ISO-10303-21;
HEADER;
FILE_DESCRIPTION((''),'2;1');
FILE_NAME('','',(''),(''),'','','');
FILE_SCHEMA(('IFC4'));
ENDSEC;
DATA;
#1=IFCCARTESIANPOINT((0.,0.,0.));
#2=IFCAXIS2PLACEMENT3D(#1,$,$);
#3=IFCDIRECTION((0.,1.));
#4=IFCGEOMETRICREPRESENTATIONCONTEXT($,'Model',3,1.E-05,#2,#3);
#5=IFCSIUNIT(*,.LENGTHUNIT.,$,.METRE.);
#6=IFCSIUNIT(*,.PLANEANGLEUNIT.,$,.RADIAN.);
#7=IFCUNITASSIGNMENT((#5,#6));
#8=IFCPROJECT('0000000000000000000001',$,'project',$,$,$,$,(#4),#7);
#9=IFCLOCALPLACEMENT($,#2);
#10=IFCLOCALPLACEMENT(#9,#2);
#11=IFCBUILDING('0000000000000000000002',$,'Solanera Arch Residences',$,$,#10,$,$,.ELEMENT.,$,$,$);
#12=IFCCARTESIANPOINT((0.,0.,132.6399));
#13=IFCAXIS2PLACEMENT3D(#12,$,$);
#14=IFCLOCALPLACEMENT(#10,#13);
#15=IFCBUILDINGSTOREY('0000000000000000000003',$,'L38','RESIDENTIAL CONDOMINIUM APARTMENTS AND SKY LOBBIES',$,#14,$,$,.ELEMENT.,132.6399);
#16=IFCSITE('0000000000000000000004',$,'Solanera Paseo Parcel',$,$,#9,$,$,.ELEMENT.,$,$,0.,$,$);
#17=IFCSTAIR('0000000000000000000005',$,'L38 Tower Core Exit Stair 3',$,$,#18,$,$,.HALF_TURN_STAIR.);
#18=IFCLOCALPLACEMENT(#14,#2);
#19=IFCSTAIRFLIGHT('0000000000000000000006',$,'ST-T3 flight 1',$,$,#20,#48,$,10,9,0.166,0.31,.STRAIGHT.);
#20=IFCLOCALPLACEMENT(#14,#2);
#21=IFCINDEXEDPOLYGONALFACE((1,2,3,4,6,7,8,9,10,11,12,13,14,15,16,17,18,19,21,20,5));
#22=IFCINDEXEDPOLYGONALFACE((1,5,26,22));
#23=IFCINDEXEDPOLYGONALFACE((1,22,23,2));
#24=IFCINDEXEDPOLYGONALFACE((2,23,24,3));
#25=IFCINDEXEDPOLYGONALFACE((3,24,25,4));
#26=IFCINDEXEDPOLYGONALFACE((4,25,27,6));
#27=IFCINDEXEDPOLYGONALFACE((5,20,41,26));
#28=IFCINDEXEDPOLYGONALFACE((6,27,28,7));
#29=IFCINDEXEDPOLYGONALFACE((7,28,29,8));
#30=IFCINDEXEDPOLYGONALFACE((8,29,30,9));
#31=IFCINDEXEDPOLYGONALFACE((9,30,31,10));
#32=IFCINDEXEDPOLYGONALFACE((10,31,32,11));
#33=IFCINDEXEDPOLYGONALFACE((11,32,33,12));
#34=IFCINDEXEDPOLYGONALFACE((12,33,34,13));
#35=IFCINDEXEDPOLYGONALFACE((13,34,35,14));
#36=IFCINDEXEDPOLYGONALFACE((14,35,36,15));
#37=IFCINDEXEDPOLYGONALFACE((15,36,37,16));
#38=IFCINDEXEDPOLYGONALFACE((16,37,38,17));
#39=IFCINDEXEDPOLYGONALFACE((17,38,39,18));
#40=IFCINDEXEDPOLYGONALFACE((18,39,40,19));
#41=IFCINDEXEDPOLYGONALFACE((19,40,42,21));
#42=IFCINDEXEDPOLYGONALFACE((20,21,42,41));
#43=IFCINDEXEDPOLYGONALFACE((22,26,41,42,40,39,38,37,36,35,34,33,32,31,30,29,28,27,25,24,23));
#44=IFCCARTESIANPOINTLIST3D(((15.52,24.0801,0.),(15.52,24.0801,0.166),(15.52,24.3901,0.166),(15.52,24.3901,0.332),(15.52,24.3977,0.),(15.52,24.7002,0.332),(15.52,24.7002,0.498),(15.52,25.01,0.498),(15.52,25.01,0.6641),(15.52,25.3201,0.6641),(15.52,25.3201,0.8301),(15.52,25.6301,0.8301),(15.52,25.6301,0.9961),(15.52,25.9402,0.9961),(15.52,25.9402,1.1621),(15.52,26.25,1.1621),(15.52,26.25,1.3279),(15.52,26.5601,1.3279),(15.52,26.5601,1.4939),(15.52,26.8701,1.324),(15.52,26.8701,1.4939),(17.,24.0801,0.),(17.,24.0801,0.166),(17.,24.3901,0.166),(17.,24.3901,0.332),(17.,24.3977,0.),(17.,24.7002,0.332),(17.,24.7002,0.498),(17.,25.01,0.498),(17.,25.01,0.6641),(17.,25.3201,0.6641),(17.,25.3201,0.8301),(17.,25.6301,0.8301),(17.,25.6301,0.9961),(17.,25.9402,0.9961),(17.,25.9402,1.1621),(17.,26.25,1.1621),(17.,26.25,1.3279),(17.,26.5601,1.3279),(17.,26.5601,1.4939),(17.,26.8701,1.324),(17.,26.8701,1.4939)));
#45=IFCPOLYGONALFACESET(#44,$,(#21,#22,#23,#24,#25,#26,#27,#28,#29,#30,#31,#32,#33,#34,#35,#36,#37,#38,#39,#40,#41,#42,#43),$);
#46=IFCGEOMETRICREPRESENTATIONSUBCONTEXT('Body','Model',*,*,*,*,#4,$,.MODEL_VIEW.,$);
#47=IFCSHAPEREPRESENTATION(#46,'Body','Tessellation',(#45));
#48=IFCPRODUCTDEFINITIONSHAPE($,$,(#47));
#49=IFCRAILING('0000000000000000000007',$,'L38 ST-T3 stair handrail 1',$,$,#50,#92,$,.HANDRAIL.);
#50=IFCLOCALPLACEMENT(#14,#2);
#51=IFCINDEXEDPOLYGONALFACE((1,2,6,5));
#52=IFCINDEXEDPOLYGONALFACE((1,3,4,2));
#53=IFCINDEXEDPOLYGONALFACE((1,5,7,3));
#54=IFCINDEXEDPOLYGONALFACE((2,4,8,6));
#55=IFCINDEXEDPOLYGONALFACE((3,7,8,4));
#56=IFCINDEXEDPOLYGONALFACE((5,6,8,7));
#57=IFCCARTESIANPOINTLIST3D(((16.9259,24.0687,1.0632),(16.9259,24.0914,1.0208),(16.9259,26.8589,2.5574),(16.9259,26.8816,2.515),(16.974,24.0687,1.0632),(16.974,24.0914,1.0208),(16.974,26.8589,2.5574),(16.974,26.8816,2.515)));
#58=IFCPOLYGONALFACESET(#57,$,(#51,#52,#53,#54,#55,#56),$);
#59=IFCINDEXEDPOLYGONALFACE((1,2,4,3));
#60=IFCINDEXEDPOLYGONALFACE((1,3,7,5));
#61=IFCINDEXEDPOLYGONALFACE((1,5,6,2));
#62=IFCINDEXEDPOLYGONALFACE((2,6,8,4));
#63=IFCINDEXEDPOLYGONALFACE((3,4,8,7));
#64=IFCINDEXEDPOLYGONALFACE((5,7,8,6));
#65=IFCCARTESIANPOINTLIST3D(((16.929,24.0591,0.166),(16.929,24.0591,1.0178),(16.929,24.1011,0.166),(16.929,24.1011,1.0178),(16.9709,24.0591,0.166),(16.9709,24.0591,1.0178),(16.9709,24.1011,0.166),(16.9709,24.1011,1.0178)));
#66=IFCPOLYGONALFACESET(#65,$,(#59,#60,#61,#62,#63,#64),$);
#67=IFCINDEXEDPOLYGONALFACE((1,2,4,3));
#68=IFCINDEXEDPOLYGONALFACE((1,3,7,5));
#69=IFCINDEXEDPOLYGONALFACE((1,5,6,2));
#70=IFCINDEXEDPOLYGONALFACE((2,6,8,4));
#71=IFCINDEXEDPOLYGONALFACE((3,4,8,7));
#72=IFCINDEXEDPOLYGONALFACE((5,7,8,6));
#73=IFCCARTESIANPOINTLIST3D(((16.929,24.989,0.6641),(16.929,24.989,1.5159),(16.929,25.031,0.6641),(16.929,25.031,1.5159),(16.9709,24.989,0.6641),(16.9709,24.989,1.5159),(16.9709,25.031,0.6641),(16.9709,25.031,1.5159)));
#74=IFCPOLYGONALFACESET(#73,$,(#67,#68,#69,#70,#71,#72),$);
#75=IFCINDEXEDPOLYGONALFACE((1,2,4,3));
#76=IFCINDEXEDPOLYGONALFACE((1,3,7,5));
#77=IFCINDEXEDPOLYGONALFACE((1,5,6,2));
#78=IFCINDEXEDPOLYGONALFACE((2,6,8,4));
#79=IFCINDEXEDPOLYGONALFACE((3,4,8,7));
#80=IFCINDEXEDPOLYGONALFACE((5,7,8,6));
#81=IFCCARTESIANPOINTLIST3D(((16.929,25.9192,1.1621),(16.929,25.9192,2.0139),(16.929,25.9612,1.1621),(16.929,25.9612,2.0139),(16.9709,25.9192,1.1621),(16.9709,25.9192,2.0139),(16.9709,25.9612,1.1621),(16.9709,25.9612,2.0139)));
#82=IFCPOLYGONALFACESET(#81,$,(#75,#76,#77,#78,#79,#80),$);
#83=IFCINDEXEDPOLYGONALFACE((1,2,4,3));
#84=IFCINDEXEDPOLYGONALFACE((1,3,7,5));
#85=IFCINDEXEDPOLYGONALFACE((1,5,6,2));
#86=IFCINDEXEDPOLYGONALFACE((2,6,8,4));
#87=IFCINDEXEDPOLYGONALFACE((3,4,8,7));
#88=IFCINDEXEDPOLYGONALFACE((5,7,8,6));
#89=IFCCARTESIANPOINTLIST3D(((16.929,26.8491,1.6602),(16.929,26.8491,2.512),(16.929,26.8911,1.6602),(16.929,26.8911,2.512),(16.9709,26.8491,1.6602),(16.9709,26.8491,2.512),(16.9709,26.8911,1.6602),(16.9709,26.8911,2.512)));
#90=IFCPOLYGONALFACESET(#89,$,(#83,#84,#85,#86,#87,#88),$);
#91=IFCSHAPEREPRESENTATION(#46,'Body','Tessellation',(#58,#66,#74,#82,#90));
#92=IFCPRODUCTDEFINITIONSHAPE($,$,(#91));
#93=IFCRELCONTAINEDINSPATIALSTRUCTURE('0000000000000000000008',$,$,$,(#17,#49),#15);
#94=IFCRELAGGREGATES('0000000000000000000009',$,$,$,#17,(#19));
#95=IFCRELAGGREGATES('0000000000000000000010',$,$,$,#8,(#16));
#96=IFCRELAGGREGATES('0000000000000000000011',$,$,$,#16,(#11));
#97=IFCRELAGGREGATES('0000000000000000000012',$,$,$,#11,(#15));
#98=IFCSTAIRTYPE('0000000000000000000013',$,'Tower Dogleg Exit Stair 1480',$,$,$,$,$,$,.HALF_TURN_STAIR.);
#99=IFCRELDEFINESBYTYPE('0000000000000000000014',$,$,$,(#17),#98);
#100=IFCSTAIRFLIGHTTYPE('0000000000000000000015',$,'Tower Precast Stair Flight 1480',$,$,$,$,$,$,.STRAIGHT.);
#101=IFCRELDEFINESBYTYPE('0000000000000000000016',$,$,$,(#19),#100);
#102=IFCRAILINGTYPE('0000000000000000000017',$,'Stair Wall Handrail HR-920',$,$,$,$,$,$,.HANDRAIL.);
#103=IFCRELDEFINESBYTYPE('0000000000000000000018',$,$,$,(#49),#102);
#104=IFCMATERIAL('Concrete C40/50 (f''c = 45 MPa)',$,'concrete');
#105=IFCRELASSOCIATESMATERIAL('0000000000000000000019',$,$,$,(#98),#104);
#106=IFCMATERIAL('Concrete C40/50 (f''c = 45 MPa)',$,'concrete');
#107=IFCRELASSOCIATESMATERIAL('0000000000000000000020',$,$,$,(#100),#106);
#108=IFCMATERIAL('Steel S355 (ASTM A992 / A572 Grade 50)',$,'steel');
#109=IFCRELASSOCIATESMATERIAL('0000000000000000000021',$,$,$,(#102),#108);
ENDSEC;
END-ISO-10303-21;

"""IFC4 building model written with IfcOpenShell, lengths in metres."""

from ifc_helpers import new_model, si_unit, direction, frame, origin, origin_2d, place, context, subcontext, project, spatial, polyline, rectangle, outline, extrude, material, type_object, element, aggregate, save


model = new_model("IFC4")

# Units and contexts
model_context = context("Model", 3, precision=1e-05, world=origin(), true_north=direction((0.0, 1.0)))
body_context = subcontext(model_context, "Body", "Model", "MODEL_VIEW")
ifc_project = project(units=[si_unit("LENGTHUNIT", "METRE"), si_unit("PLANEANGLEUNIT", "RADIAN")], contexts=[model_context])

# Site, building, storey
site_placement = place(None, origin())
site = spatial("IfcSite", under=ifc_project, at=site_placement, Name="Solanera Paseo Parcel", CompositionType="ELEMENT", RefElevation=0.0)
building_placement = place(site_placement, origin())
building = spatial("IfcBuilding", under=site, at=building_placement, Name="Solanera Arch Residences", CompositionType="ELEMENT")
storey_placement = place(building_placement, frame((0.0, 0.0, 132.6399)))
storey = spatial("IfcBuildingStorey", under=building, at=storey_placement, Name="L38", Description="RESIDENTIAL CONDOMINIUM APARTMENTS AND SKY LOBBIES", CompositionType="ELEMENT", Elevation=132.6399)

# Stair, stair flight
ifc_material_1 = material(Name="Concrete C40/50 (f'c = 45 MPa)", Category="concrete")
stair_type = type_object("IfcStairType", Name="Tower Dogleg Exit Stair 1480", PredefinedType="HALF_TURN_STAIR", material=ifc_material_1)
stair_placement = place(storey_placement, origin())
stair = element("IfcStair", 1, at=stair_placement, inside=storey, type_object=stair_type, Name="L38 Tower Core Exit Stair 3", PredefinedType="HALF_TURN_STAIR")
ifc_material_2 = material(Name="Concrete C40/50 (f'c = 45 MPa)", Category="concrete")
stair_flight_type = type_object("IfcStairFlightType", Name="Tower Precast Stair Flight 1480", PredefinedType="STRAIGHT", material=ifc_material_2)
stair_flight_placement = place(storey_placement, frame((16.26, 24.0801, 0.0), z_axis=(0.0, 0.0, 1.0), x_axis=(0.0, 1.0, 0.0)))
stair_flight = element("IfcStairFlight", 2, at=stair_flight_placement, type_object=stair_flight_type, Name="ST-T3 flight 1", NumberOfRisers=10, NumberOfTreads=9, PredefinedType="STRAIGHT", RiserHeight=0.166, TreadLength=0.31, context=body_context, shape_type="SweptSolid", body=[
    extrude(outline(polyline([(0.0, 0.0), (0.0, 0.166), (0.3101, 0.166), (0.3101, 0.332), (0.6201, 0.332), (0.6201, 0.498), (0.9299, 0.498), (0.9299, 0.6641), (1.24, 0.6641), (1.24, 0.8301), (1.55, 0.8301), (1.55, 0.9961), (1.8601, 0.9961), (1.8601, 1.1621), (2.1699, 1.1621), (2.1699, 1.3279), (2.48, 1.3279), (2.48, 1.4939), (2.79, 1.4939), (2.79, 1.6599), (2.79, 1.324), (0.3176, 0.0), (0.0, 0.0)])), frame((0.0, 0.74, 0.0), z_axis=(0.0, -1.0, 0.0), x_axis=(1.0, 0.0, 0.0)), (0.0, 0.0, 1.0), 1.48),
])
aggregate(stair, [stair_flight])

# Railing
ifc_material_3 = material(Name="Steel S355 (ASTM A992 / A572 Grade 50)", Category="steel")
railing_type = type_object("IfcRailingType", Name="Stair Wall Handrail HR-920", PredefinedType="HANDRAIL", material=ifc_material_3)
railing_placement = place(storey_placement, frame((16.95, 24.0801, 0.166)))
element("IfcRailing", 3, at=railing_placement, inside=storey, type_object=railing_type, Name="L38 ST-T3 stair handrail 1", PredefinedType="HANDRAIL", context=body_context, shape_type="SweptSolid", body=[
    extrude(rectangle(XDim=0.0481, YDim=0.0481, at=origin_2d()), frame((0.0, 0.0, 0.876), z_axis=(0.0, 0.881549, 0.472093), x_axis=(-1.0, 0.0, 0.0)), (0.0, 0.0, 1.0), 3.165),
    extrude(rectangle(XDim=0.042, YDim=0.042, at=origin_2d()), origin(), (0.0, 0.0, 1.0), 0.8518),
    extrude(rectangle(XDim=0.042, YDim=0.042, at=origin_2d()), frame((0.0, 0.9299, 0.498)), (0.0, 0.0, 1.0), 0.8518),
    extrude(rectangle(XDim=0.042, YDim=0.042, at=origin_2d()), frame((0.0, 1.8601, 0.9961)), (0.0, 0.0, 1.0), 0.8518),
    extrude(rectangle(XDim=0.042, YDim=0.042, at=origin_2d()), frame((0.0, 2.79, 1.4941)), (0.0, 0.0, 1.0), 0.8518),
])

save(model, "model.ifc")
